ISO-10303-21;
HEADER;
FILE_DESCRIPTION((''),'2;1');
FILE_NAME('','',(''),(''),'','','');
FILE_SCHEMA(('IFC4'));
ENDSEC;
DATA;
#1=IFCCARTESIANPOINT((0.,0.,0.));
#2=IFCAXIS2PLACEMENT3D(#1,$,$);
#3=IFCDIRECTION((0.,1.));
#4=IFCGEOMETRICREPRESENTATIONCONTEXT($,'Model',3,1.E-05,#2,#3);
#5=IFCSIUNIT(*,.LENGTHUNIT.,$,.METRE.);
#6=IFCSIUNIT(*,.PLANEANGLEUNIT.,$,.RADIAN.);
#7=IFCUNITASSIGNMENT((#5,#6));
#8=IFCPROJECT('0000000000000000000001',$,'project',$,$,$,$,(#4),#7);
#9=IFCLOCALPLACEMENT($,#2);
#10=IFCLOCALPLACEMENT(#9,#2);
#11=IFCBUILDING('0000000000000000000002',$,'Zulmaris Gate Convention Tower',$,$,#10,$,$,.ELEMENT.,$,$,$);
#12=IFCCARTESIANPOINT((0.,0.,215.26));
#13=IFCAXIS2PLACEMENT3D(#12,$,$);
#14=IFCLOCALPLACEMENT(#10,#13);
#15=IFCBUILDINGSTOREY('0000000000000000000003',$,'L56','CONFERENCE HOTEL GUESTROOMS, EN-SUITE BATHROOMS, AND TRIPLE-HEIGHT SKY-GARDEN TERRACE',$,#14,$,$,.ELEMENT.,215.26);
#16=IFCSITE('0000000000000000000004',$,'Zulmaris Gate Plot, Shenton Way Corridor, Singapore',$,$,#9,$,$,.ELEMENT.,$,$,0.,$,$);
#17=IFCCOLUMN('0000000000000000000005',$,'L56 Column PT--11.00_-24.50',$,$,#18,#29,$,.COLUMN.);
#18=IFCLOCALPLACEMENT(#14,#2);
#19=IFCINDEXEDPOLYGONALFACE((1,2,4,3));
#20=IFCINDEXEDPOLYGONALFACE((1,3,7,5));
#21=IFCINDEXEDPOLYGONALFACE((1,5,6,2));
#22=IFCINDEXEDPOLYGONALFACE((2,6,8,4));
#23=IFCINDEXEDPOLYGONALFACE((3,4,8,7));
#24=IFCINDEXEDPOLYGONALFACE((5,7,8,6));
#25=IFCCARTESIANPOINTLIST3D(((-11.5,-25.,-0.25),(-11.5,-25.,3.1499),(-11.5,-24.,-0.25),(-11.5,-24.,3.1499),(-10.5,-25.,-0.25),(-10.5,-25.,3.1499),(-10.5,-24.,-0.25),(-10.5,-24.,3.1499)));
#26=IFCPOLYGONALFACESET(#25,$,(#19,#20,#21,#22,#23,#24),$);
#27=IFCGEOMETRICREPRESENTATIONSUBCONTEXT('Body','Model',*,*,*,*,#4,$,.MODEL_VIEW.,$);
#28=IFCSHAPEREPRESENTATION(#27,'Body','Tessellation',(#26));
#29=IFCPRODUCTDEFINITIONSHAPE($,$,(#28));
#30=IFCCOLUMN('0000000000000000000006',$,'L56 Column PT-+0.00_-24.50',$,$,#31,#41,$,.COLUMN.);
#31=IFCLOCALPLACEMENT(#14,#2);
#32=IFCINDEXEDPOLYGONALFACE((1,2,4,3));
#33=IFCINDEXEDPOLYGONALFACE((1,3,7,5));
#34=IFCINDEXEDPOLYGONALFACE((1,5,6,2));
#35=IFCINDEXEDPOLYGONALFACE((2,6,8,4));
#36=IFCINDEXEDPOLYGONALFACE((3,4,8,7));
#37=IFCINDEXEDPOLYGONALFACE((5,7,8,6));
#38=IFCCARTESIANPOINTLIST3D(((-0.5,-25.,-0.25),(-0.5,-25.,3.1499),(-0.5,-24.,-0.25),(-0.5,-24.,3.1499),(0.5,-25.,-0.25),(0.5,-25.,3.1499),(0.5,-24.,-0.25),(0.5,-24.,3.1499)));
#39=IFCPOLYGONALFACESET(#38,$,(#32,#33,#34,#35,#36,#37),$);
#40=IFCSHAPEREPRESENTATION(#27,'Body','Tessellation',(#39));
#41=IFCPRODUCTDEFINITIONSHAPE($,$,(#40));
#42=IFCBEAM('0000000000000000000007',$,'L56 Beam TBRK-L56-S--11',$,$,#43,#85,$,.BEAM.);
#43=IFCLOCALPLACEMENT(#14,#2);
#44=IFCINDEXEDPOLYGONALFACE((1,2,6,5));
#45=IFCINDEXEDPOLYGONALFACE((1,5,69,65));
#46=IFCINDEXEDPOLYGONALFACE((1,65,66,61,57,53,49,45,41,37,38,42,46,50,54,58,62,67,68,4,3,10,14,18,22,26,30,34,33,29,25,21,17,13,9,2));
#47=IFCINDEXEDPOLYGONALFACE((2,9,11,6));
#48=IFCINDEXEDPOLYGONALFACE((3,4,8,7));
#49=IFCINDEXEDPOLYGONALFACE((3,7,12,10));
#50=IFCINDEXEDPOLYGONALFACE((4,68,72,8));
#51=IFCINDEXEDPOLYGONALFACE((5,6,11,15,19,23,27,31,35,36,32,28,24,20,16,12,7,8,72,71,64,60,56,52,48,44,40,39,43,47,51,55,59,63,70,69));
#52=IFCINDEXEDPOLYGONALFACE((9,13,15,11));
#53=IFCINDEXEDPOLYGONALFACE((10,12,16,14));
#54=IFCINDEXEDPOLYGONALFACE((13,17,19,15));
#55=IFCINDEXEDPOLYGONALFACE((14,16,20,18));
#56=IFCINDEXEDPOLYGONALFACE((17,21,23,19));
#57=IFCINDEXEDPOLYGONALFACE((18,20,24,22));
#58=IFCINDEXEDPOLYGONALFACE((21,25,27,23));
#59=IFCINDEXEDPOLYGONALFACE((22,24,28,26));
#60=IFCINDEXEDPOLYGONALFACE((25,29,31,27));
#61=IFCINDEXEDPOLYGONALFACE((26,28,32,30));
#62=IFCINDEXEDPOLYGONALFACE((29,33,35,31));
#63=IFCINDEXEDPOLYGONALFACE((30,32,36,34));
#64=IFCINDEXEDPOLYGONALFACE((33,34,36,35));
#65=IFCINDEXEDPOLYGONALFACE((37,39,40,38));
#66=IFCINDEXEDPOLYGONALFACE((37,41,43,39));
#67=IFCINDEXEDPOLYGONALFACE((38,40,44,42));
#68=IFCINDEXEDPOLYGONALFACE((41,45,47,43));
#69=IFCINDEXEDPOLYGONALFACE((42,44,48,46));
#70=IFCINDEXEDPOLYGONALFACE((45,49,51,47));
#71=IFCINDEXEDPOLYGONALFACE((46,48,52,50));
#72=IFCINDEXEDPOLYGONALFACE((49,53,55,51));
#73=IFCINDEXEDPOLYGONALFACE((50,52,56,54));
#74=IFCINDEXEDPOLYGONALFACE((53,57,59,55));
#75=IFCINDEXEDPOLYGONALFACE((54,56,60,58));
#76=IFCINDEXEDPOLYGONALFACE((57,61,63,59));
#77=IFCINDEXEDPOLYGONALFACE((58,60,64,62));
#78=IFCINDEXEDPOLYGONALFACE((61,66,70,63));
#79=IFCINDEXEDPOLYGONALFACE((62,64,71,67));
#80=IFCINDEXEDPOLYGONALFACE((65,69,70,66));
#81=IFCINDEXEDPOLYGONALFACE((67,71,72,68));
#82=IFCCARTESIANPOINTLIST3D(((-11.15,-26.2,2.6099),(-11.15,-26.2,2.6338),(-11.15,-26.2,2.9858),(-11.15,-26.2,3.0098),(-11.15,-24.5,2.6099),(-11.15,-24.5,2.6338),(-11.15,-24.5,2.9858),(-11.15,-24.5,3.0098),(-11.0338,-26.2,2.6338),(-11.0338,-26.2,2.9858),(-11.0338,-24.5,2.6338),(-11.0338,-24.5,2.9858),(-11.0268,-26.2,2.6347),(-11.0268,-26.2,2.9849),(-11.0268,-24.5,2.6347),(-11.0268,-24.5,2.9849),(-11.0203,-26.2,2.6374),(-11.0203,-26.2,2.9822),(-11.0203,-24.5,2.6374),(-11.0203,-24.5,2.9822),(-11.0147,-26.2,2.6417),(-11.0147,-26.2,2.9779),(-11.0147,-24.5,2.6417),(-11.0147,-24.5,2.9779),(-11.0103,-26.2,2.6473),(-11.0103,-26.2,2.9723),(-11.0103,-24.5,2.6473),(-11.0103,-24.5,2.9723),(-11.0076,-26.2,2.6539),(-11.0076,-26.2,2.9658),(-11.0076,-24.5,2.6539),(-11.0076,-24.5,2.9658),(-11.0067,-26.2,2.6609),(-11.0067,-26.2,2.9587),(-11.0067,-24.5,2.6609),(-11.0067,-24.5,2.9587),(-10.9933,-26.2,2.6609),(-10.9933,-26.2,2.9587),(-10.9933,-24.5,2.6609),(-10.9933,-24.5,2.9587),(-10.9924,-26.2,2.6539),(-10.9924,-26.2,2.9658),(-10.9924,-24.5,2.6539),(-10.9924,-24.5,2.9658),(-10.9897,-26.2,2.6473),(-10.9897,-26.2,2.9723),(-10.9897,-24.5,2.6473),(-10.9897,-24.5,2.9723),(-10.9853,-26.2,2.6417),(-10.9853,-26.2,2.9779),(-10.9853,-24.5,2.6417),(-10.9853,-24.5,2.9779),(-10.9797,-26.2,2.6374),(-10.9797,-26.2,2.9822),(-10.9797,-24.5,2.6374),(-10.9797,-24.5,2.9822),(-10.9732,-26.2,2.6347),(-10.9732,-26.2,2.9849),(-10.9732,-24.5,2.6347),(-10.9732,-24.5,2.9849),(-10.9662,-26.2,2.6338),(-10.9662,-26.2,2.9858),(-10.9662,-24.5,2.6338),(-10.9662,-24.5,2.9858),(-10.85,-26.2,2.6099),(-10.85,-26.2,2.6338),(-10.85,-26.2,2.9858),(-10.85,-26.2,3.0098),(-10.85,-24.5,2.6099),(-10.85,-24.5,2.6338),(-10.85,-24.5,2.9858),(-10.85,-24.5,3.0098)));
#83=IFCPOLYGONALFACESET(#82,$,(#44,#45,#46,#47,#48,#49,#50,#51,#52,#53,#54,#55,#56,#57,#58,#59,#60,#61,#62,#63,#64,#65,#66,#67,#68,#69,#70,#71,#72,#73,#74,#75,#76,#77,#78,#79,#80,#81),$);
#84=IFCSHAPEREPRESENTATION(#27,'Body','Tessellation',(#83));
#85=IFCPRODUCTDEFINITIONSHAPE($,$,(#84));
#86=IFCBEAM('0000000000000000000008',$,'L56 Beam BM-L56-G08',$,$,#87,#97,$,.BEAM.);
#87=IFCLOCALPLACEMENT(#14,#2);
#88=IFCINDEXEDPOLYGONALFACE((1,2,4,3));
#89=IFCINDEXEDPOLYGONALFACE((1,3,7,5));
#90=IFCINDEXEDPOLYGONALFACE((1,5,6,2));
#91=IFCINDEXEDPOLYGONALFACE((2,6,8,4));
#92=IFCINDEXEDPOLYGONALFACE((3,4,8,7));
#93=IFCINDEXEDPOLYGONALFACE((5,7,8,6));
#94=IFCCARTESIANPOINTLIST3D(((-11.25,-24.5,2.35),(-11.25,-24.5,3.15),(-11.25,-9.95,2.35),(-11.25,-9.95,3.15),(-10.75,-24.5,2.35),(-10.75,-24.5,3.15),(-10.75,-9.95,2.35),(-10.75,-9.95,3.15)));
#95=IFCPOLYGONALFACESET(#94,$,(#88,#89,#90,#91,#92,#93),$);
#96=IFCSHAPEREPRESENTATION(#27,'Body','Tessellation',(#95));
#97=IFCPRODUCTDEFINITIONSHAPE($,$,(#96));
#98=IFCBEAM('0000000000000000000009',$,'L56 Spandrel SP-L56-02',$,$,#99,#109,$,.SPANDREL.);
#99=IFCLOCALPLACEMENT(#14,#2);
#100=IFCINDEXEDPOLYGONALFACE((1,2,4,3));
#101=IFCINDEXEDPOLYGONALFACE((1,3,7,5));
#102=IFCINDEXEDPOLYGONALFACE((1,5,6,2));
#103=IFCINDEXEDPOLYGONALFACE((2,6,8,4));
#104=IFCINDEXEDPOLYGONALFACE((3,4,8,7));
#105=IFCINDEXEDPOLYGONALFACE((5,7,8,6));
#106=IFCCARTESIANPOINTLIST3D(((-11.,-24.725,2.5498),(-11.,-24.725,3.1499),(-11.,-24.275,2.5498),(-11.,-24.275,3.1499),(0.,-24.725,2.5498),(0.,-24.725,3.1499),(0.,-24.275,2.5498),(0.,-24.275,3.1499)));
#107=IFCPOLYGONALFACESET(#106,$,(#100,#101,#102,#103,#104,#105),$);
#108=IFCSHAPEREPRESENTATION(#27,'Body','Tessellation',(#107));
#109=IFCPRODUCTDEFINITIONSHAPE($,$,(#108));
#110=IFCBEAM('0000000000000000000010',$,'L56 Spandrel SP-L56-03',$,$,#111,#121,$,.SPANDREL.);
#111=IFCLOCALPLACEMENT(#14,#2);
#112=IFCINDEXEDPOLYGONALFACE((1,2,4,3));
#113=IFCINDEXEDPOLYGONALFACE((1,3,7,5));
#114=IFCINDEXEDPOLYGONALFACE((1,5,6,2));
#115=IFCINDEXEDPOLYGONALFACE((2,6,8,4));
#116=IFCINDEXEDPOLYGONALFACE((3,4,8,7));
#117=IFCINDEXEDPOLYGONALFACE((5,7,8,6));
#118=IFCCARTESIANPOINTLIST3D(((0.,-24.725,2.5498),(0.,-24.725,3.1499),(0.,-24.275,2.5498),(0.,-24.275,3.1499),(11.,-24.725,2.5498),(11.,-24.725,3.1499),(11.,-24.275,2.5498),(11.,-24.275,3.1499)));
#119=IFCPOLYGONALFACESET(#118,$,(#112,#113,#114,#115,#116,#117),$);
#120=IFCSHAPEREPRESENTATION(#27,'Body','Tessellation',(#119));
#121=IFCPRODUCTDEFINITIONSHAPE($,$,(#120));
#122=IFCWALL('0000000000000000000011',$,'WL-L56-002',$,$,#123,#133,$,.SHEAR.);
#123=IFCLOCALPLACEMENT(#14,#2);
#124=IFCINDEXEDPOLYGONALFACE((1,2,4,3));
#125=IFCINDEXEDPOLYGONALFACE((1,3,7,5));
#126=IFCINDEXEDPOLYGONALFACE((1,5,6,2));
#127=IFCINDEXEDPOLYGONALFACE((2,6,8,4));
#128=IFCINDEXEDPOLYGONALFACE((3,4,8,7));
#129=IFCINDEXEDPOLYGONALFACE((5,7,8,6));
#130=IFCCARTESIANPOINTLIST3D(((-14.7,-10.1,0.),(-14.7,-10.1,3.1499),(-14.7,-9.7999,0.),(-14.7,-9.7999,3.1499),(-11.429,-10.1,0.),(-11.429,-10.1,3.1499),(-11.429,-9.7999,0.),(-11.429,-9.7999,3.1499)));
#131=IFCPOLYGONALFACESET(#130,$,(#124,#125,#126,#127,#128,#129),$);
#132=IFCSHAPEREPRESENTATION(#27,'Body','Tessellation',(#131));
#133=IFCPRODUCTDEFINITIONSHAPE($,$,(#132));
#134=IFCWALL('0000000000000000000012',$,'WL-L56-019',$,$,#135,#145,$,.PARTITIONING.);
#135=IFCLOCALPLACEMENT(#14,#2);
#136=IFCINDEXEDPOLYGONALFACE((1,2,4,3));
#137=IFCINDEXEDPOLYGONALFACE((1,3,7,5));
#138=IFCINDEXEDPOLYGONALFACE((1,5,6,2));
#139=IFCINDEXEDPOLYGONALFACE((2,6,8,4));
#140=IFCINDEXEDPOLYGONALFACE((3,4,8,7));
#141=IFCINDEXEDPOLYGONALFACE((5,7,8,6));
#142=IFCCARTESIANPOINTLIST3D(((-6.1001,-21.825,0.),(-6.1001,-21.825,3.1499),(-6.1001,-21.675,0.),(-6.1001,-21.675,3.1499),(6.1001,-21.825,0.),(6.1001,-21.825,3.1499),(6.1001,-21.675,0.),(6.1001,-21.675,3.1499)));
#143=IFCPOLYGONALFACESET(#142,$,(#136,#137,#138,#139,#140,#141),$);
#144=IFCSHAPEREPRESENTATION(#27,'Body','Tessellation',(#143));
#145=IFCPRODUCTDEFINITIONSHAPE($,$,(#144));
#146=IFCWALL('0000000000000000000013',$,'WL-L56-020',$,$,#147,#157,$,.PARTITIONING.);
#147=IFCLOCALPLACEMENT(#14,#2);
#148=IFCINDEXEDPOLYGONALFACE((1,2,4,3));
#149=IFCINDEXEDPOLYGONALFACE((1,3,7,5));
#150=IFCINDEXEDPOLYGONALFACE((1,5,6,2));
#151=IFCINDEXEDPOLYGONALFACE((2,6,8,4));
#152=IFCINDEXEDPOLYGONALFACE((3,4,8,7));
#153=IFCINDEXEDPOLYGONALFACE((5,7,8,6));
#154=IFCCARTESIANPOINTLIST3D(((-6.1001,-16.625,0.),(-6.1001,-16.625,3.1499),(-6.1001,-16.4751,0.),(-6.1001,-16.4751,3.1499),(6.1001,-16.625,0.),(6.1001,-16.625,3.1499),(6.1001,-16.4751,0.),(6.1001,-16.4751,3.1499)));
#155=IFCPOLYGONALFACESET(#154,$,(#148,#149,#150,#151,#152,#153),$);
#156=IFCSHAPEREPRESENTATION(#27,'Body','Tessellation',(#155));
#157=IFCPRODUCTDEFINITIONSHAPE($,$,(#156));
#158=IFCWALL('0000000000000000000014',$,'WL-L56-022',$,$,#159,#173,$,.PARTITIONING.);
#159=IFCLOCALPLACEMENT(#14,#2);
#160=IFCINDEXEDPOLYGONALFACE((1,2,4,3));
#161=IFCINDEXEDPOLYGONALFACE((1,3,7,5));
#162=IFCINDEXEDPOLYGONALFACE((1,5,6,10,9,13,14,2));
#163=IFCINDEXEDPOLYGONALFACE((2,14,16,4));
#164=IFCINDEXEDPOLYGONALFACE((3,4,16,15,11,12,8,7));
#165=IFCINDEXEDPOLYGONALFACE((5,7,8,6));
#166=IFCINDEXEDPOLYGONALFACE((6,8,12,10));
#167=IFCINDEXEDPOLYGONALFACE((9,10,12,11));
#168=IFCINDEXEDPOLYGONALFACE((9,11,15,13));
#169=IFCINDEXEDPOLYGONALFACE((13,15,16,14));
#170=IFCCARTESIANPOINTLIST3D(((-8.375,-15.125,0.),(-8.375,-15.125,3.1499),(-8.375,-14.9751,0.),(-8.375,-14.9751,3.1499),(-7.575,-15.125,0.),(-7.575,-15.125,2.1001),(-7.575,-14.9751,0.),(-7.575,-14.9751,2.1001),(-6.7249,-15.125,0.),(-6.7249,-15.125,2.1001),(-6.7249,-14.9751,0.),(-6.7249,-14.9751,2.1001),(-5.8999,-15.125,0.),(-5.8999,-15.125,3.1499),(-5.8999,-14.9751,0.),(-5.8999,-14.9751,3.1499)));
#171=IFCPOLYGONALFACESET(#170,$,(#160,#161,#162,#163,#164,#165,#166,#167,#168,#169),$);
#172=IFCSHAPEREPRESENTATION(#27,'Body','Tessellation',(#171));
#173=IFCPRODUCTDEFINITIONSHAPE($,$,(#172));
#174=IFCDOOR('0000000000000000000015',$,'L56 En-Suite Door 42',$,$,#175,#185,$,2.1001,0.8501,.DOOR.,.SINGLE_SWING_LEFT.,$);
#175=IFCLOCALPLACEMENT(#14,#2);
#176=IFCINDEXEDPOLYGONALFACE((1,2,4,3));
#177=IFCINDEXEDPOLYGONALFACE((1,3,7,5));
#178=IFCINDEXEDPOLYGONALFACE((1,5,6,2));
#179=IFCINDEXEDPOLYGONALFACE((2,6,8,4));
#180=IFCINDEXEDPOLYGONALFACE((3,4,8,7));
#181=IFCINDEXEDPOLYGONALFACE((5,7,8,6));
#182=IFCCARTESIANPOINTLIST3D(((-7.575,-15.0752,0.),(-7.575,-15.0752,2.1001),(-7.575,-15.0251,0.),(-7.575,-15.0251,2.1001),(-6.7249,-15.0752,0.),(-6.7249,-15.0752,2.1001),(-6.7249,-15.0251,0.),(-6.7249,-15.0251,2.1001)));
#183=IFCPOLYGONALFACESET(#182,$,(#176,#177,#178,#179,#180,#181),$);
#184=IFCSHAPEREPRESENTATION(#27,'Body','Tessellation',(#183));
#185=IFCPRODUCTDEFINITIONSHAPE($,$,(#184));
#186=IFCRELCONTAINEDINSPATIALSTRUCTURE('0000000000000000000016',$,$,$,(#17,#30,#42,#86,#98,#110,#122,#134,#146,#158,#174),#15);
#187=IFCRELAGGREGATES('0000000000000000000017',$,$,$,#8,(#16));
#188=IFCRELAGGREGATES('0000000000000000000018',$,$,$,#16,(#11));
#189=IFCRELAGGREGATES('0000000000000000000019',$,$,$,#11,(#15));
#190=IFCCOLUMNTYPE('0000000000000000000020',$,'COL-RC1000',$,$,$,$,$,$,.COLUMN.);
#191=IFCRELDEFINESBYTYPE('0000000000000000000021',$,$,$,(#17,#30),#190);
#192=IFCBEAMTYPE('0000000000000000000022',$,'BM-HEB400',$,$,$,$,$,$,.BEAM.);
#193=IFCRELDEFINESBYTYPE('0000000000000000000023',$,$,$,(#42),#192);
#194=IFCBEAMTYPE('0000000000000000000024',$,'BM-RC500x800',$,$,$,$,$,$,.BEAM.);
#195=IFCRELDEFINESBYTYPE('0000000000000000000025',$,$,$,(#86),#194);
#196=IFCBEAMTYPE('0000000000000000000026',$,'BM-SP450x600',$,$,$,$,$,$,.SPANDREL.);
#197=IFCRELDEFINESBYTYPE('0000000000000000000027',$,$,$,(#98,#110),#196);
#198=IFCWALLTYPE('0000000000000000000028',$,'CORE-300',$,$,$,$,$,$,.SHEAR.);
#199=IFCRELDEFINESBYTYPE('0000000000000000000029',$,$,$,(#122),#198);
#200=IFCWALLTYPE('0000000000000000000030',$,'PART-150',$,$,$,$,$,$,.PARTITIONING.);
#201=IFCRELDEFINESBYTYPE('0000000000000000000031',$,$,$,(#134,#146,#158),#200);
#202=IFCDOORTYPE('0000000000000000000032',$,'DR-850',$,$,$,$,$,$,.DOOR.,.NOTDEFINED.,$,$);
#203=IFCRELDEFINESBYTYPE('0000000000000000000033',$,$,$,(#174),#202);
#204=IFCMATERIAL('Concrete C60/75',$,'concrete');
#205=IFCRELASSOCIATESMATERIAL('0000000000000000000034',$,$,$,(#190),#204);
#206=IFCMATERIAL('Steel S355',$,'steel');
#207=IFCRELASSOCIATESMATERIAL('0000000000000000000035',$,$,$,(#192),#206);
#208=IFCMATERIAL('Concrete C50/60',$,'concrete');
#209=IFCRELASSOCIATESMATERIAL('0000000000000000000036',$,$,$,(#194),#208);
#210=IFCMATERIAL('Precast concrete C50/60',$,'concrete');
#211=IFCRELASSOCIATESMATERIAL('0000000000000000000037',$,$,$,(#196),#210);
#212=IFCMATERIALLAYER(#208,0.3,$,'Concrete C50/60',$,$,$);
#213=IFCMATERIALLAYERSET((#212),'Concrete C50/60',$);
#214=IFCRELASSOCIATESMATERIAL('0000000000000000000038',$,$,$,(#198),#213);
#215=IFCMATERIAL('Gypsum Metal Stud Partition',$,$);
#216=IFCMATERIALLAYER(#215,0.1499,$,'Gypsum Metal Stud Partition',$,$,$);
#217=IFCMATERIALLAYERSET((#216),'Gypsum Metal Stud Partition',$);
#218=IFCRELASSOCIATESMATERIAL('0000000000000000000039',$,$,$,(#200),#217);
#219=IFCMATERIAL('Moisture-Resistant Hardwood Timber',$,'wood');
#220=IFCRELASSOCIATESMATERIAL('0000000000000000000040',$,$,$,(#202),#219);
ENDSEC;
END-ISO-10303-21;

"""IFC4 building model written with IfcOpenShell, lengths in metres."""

from ifc_helpers import new_model, si_unit, direction, frame, frame_2d, origin, origin_2d, place, context, subcontext, project, spatial, rectangle, i_section, extrude, material, layer, layer_set, material_profile, profile_set, type_object, element, fill, save


model = new_model("IFC4")

# Units and contexts
model_context = context("Model", 3, precision=1e-05, world=origin(), true_north=direction((0.0, 1.0)))
body_context = subcontext(model_context, "Body", "Model", "MODEL_VIEW")
ifc_project = project(units=[si_unit("LENGTHUNIT", "METRE"), si_unit("PLANEANGLEUNIT", "RADIAN")], contexts=[model_context])

# Site, building, storey
site_placement = place(None, origin())
site = spatial("IfcSite", under=ifc_project, at=site_placement, Name="Zulmaris Gate Plot, Shenton Way Corridor, Singapore", CompositionType="ELEMENT", RefElevation=0.0)
building_placement = place(site_placement, origin())
building = spatial("IfcBuilding", under=site, at=building_placement, Name="Zulmaris Gate Convention Tower", CompositionType="ELEMENT")
storey_placement = place(building_placement, frame((0.0, 0.0, 215.26)))
storey = spatial("IfcBuildingStorey", under=building, at=storey_placement, Name="L56", Description="CONFERENCE HOTEL GUESTROOMS, EN-SUITE BATHROOMS, AND TRIPLE-HEIGHT SKY-GARDEN TERRACE", CompositionType="ELEMENT", Elevation=215.26)

# Columns
ifc_material_1 = material(Name="Concrete C60/75", Category="concrete")
ifc_material_profile_1 = material_profile(ifc_material_1, rectangle(XDim=1.0, YDim=1.0, at=origin_2d()), Name="RC COL 1000x1000")
ifc_profile_set_1 = profile_set([ifc_material_profile_1], Name="Concrete C60/75")
column_type = type_object("IfcColumnType", Name="COL-RC1000", PredefinedType="COLUMN", material=ifc_profile_set_1)
for number, where, z_axis, x_axis, name in (
    (1, (-11.0, -24.5, -0.25), (0.0, 0.0, 1.0), (1.0, 0.0, 0.0), "L56 Column PT--11.00_-24.50"),
    (2, (0.0, -24.5, -0.25), (0.0, 0.0, 1.0), (1.0, 0.0, 0.0), "L56 Column PT-+0.00_-24.50"),
):
    element("IfcColumn", number, at=place(storey_placement, frame(where, z_axis=z_axis, x_axis=x_axis)), inside=storey, type_object=column_type, Name=name, PredefinedType="COLUMN", context=body_context, shape_type="SweptSolid", body=[
        extrude(rectangle(XDim=1.0, YDim=1.0, at=origin_2d()), origin(), (0.0, 0.0, 1.0), 3.3999),
    ])

# Beams
ifc_material_2 = material(Name="Steel S355", Category="steel")
ifc_material_profile_2 = material_profile(ifc_material_2, i_section(OverallWidth=0.3, OverallDepth=0.3999, WebThickness=0.0134, FlangeThickness=0.0239, FilletRadius=0.0271, at=origin_2d()), Name="HEB 400")
ifc_profile_set_2 = profile_set([ifc_material_profile_2], Name="Steel S355")
beam_type_1 = type_object("IfcBeamType", Name="BM-HEB400", PredefinedType="BEAM", material=ifc_profile_set_2)
beam_1_placement = place(storey_placement, frame((-11.0, -26.2, 2.8098), z_axis=(0.0, 1.0, 0.0), x_axis=(-1.0, 0.0, 0.0)))
element("IfcBeam", 3, at=beam_1_placement, inside=storey, type_object=beam_type_1, Name="L56 Beam TBRK-L56-S--11", PredefinedType="BEAM", context=body_context, shape_type="SweptSolid", body=[
    extrude(i_section(OverallWidth=0.3, OverallDepth=0.3999, WebThickness=0.0134, FlangeThickness=0.0239, FilletRadius=0.0271, at=origin_2d()), origin(), (0.0, 0.0, 1.0), 1.7),
])
ifc_material_3 = material(Name="Concrete C50/60", Category="concrete")
ifc_material_profile_3 = material_profile(ifc_material_3, rectangle(XDim=0.5, YDim=0.8, at=origin_2d()), Name="RC BEAM 500x800")
ifc_profile_set_3 = profile_set([ifc_material_profile_3], Name="Concrete C50/60")
beam_type_2 = type_object("IfcBeamType", Name="BM-RC500x800", PredefinedType="BEAM", material=ifc_profile_set_3)
beam_2_placement = place(storey_placement, frame((-11.0, -24.5, 2.75), z_axis=(0.0, 1.0, 0.0), x_axis=(-1.0, 0.0, 0.0)))
element("IfcBeam", 4, at=beam_2_placement, inside=storey, type_object=beam_type_2, Name="L56 Beam BM-L56-G08", PredefinedType="BEAM", context=body_context, shape_type="SweptSolid", body=[
    extrude(rectangle(XDim=0.5, YDim=0.8, at=origin_2d()), origin(), (0.0, 0.0, 1.0), 14.55),
])
ifc_material_4 = material(Name="Precast concrete C50/60", Category="concrete")
ifc_material_profile_4 = material_profile(ifc_material_4, rectangle(XDim=0.45, YDim=0.6001, at=origin_2d()), Name="RC SPANDREL 450x600")
ifc_profile_set_4 = profile_set([ifc_material_profile_4], Name="Precast concrete C50/60")
beam_type_3 = type_object("IfcBeamType", Name="BM-SP450x600", PredefinedType="SPANDREL", material=ifc_profile_set_4)
for number, where, z_axis, x_axis, name in (
    (5, (-11.0, -24.5, 2.8499), (1.0, 0.0, 0.0), (0.0, 1.0, 0.0), "L56 Spandrel SP-L56-02"),
    (6, (0.0, -24.5, 2.8499), (1.0, 0.0, 0.0), (0.0, 1.0, 0.0), "L56 Spandrel SP-L56-03"),
):
    element("IfcBeam", number, at=place(storey_placement, frame(where, z_axis=z_axis, x_axis=x_axis)), inside=storey, type_object=beam_type_3, Name=name, PredefinedType="SPANDREL", context=body_context, shape_type="SweptSolid", body=[
        extrude(rectangle(XDim=0.45, YDim=0.6001, at=origin_2d()), origin(), (0.0, 0.0, 1.0), 11.0),
    ])

# Walls
ifc_layer_1 = layer(ifc_material_3, 0.3, Name="Concrete C50/60")
ifc_layer_set_1 = layer_set([ifc_layer_1], Name="Concrete C50/60")
wall_type_1 = type_object("IfcWallType", Name="CORE-300", PredefinedType="SHEAR", material=ifc_layer_set_1)
wall_1_placement = place(storey_placement, frame((-14.7, -9.95, 0.0), z_axis=(0.0, 0.0, 1.0), x_axis=(1.0, 0.0, 0.0)))
element("IfcWall", 7, at=wall_1_placement, inside=storey, type_object=wall_type_1, Name="WL-L56-002", PredefinedType="SHEAR", context=body_context, shape_type="SweptSolid", body=[
    extrude(rectangle(XDim=3.271, YDim=0.3, at=frame_2d((1.6355, 0.0))), origin(), (0.0, 0.0, 1.0), 3.1499),
])
ifc_material_5 = material(Name="Gypsum Metal Stud Partition")
ifc_layer_2 = layer(ifc_material_5, 0.1499, Name="Gypsum Metal Stud Partition")
ifc_layer_set_2 = layer_set([ifc_layer_2], Name="Gypsum Metal Stud Partition")
wall_type_2 = type_object("IfcWallType", Name="PART-150", PredefinedType="PARTITIONING", material=ifc_layer_set_2)
for number, where, z_axis, x_axis, name in (
    (8, (-6.1001, -21.75, 0.0), (0.0, 0.0, 1.0), (1.0, 0.0, 0.0), "WL-L56-019"),
    (9, (-6.1001, -16.55, 0.0), (0.0, 0.0, 1.0), (1.0, 0.0, 0.0), "WL-L56-020"),
):
    element("IfcWall", number, at=place(storey_placement, frame(where, z_axis=z_axis, x_axis=x_axis)), inside=storey, type_object=wall_type_2, Name=name, PredefinedType="PARTITIONING", context=body_context, shape_type="SweptSolid", body=[
        extrude(rectangle(XDim=12.2002, YDim=0.1499, at=frame_2d((6.1001, 0.0))), origin(), (0.0, 0.0, 1.0), 3.1499),
    ])

# Wall, opening, door
wall_2_placement = place(storey_placement, frame((-8.375, -15.05, 0.0), z_axis=(0.0, 0.0, 1.0), x_axis=(1.0, 0.0, 0.0)))
wall_2 = element("IfcWall", 10, at=wall_2_placement, inside=storey, type_object=wall_type_2, Name="WL-L56-022", PredefinedType="PARTITIONING", context=body_context, shape_type="SweptSolid", body=[
    extrude(rectangle(XDim=2.4751, YDim=0.1499, at=frame_2d((1.2375, 0.0))), origin(), (0.0, 0.0, 1.0), 3.1499),
])
opening_1_placement = place(wall_2_placement, frame((0.8, 0.0, 0.0)))
opening_1 = element("IfcOpeningElement", 11, at=opening_1_placement, cuts=wall_2, PredefinedType="OPENING", context=body_context, shape_type="SweptSolid", body=[
    extrude(rectangle(XDim=0.8501, YDim=2.1001, at=frame_2d((0.425, 1.05))), frame((0.0, 0.085, 0.0), z_axis=(0.0, -1.0, 0.0), x_axis=(1.0, 0.0, 0.0)), (0.0, 0.0, 1.0), 0.1699),
])
ifc_material_6 = material(Name="Moisture-Resistant Hardwood Timber", Category="wood")
door_type_1 = type_object("IfcDoorType", Name="DR-850", OperationType="NOTDEFINED", PredefinedType="DOOR", material=ifc_material_6)
door_1_placement = place(opening_1_placement, origin())
door_1 = element("IfcDoor", 12, at=door_1_placement, inside=storey, type_object=door_type_1, Name="L56 En-Suite Door 42", OperationType="SINGLE_SWING_LEFT", OverallHeight=2.1001, OverallWidth=0.8501, PredefinedType="DOOR", context=body_context, shape_type="SweptSolid", body=[
    extrude(rectangle(XDim=0.8501, YDim=2.1001, at=frame_2d((0.425, 1.05))), frame((0.0, 0.0249, 0.0), z_axis=(0.0, -1.0, 0.0), x_axis=(1.0, 0.0, 0.0)), (0.0, 0.0, 1.0), 0.05),
])
fill(opening_1, door_1)

save(model, "model.ifc")
